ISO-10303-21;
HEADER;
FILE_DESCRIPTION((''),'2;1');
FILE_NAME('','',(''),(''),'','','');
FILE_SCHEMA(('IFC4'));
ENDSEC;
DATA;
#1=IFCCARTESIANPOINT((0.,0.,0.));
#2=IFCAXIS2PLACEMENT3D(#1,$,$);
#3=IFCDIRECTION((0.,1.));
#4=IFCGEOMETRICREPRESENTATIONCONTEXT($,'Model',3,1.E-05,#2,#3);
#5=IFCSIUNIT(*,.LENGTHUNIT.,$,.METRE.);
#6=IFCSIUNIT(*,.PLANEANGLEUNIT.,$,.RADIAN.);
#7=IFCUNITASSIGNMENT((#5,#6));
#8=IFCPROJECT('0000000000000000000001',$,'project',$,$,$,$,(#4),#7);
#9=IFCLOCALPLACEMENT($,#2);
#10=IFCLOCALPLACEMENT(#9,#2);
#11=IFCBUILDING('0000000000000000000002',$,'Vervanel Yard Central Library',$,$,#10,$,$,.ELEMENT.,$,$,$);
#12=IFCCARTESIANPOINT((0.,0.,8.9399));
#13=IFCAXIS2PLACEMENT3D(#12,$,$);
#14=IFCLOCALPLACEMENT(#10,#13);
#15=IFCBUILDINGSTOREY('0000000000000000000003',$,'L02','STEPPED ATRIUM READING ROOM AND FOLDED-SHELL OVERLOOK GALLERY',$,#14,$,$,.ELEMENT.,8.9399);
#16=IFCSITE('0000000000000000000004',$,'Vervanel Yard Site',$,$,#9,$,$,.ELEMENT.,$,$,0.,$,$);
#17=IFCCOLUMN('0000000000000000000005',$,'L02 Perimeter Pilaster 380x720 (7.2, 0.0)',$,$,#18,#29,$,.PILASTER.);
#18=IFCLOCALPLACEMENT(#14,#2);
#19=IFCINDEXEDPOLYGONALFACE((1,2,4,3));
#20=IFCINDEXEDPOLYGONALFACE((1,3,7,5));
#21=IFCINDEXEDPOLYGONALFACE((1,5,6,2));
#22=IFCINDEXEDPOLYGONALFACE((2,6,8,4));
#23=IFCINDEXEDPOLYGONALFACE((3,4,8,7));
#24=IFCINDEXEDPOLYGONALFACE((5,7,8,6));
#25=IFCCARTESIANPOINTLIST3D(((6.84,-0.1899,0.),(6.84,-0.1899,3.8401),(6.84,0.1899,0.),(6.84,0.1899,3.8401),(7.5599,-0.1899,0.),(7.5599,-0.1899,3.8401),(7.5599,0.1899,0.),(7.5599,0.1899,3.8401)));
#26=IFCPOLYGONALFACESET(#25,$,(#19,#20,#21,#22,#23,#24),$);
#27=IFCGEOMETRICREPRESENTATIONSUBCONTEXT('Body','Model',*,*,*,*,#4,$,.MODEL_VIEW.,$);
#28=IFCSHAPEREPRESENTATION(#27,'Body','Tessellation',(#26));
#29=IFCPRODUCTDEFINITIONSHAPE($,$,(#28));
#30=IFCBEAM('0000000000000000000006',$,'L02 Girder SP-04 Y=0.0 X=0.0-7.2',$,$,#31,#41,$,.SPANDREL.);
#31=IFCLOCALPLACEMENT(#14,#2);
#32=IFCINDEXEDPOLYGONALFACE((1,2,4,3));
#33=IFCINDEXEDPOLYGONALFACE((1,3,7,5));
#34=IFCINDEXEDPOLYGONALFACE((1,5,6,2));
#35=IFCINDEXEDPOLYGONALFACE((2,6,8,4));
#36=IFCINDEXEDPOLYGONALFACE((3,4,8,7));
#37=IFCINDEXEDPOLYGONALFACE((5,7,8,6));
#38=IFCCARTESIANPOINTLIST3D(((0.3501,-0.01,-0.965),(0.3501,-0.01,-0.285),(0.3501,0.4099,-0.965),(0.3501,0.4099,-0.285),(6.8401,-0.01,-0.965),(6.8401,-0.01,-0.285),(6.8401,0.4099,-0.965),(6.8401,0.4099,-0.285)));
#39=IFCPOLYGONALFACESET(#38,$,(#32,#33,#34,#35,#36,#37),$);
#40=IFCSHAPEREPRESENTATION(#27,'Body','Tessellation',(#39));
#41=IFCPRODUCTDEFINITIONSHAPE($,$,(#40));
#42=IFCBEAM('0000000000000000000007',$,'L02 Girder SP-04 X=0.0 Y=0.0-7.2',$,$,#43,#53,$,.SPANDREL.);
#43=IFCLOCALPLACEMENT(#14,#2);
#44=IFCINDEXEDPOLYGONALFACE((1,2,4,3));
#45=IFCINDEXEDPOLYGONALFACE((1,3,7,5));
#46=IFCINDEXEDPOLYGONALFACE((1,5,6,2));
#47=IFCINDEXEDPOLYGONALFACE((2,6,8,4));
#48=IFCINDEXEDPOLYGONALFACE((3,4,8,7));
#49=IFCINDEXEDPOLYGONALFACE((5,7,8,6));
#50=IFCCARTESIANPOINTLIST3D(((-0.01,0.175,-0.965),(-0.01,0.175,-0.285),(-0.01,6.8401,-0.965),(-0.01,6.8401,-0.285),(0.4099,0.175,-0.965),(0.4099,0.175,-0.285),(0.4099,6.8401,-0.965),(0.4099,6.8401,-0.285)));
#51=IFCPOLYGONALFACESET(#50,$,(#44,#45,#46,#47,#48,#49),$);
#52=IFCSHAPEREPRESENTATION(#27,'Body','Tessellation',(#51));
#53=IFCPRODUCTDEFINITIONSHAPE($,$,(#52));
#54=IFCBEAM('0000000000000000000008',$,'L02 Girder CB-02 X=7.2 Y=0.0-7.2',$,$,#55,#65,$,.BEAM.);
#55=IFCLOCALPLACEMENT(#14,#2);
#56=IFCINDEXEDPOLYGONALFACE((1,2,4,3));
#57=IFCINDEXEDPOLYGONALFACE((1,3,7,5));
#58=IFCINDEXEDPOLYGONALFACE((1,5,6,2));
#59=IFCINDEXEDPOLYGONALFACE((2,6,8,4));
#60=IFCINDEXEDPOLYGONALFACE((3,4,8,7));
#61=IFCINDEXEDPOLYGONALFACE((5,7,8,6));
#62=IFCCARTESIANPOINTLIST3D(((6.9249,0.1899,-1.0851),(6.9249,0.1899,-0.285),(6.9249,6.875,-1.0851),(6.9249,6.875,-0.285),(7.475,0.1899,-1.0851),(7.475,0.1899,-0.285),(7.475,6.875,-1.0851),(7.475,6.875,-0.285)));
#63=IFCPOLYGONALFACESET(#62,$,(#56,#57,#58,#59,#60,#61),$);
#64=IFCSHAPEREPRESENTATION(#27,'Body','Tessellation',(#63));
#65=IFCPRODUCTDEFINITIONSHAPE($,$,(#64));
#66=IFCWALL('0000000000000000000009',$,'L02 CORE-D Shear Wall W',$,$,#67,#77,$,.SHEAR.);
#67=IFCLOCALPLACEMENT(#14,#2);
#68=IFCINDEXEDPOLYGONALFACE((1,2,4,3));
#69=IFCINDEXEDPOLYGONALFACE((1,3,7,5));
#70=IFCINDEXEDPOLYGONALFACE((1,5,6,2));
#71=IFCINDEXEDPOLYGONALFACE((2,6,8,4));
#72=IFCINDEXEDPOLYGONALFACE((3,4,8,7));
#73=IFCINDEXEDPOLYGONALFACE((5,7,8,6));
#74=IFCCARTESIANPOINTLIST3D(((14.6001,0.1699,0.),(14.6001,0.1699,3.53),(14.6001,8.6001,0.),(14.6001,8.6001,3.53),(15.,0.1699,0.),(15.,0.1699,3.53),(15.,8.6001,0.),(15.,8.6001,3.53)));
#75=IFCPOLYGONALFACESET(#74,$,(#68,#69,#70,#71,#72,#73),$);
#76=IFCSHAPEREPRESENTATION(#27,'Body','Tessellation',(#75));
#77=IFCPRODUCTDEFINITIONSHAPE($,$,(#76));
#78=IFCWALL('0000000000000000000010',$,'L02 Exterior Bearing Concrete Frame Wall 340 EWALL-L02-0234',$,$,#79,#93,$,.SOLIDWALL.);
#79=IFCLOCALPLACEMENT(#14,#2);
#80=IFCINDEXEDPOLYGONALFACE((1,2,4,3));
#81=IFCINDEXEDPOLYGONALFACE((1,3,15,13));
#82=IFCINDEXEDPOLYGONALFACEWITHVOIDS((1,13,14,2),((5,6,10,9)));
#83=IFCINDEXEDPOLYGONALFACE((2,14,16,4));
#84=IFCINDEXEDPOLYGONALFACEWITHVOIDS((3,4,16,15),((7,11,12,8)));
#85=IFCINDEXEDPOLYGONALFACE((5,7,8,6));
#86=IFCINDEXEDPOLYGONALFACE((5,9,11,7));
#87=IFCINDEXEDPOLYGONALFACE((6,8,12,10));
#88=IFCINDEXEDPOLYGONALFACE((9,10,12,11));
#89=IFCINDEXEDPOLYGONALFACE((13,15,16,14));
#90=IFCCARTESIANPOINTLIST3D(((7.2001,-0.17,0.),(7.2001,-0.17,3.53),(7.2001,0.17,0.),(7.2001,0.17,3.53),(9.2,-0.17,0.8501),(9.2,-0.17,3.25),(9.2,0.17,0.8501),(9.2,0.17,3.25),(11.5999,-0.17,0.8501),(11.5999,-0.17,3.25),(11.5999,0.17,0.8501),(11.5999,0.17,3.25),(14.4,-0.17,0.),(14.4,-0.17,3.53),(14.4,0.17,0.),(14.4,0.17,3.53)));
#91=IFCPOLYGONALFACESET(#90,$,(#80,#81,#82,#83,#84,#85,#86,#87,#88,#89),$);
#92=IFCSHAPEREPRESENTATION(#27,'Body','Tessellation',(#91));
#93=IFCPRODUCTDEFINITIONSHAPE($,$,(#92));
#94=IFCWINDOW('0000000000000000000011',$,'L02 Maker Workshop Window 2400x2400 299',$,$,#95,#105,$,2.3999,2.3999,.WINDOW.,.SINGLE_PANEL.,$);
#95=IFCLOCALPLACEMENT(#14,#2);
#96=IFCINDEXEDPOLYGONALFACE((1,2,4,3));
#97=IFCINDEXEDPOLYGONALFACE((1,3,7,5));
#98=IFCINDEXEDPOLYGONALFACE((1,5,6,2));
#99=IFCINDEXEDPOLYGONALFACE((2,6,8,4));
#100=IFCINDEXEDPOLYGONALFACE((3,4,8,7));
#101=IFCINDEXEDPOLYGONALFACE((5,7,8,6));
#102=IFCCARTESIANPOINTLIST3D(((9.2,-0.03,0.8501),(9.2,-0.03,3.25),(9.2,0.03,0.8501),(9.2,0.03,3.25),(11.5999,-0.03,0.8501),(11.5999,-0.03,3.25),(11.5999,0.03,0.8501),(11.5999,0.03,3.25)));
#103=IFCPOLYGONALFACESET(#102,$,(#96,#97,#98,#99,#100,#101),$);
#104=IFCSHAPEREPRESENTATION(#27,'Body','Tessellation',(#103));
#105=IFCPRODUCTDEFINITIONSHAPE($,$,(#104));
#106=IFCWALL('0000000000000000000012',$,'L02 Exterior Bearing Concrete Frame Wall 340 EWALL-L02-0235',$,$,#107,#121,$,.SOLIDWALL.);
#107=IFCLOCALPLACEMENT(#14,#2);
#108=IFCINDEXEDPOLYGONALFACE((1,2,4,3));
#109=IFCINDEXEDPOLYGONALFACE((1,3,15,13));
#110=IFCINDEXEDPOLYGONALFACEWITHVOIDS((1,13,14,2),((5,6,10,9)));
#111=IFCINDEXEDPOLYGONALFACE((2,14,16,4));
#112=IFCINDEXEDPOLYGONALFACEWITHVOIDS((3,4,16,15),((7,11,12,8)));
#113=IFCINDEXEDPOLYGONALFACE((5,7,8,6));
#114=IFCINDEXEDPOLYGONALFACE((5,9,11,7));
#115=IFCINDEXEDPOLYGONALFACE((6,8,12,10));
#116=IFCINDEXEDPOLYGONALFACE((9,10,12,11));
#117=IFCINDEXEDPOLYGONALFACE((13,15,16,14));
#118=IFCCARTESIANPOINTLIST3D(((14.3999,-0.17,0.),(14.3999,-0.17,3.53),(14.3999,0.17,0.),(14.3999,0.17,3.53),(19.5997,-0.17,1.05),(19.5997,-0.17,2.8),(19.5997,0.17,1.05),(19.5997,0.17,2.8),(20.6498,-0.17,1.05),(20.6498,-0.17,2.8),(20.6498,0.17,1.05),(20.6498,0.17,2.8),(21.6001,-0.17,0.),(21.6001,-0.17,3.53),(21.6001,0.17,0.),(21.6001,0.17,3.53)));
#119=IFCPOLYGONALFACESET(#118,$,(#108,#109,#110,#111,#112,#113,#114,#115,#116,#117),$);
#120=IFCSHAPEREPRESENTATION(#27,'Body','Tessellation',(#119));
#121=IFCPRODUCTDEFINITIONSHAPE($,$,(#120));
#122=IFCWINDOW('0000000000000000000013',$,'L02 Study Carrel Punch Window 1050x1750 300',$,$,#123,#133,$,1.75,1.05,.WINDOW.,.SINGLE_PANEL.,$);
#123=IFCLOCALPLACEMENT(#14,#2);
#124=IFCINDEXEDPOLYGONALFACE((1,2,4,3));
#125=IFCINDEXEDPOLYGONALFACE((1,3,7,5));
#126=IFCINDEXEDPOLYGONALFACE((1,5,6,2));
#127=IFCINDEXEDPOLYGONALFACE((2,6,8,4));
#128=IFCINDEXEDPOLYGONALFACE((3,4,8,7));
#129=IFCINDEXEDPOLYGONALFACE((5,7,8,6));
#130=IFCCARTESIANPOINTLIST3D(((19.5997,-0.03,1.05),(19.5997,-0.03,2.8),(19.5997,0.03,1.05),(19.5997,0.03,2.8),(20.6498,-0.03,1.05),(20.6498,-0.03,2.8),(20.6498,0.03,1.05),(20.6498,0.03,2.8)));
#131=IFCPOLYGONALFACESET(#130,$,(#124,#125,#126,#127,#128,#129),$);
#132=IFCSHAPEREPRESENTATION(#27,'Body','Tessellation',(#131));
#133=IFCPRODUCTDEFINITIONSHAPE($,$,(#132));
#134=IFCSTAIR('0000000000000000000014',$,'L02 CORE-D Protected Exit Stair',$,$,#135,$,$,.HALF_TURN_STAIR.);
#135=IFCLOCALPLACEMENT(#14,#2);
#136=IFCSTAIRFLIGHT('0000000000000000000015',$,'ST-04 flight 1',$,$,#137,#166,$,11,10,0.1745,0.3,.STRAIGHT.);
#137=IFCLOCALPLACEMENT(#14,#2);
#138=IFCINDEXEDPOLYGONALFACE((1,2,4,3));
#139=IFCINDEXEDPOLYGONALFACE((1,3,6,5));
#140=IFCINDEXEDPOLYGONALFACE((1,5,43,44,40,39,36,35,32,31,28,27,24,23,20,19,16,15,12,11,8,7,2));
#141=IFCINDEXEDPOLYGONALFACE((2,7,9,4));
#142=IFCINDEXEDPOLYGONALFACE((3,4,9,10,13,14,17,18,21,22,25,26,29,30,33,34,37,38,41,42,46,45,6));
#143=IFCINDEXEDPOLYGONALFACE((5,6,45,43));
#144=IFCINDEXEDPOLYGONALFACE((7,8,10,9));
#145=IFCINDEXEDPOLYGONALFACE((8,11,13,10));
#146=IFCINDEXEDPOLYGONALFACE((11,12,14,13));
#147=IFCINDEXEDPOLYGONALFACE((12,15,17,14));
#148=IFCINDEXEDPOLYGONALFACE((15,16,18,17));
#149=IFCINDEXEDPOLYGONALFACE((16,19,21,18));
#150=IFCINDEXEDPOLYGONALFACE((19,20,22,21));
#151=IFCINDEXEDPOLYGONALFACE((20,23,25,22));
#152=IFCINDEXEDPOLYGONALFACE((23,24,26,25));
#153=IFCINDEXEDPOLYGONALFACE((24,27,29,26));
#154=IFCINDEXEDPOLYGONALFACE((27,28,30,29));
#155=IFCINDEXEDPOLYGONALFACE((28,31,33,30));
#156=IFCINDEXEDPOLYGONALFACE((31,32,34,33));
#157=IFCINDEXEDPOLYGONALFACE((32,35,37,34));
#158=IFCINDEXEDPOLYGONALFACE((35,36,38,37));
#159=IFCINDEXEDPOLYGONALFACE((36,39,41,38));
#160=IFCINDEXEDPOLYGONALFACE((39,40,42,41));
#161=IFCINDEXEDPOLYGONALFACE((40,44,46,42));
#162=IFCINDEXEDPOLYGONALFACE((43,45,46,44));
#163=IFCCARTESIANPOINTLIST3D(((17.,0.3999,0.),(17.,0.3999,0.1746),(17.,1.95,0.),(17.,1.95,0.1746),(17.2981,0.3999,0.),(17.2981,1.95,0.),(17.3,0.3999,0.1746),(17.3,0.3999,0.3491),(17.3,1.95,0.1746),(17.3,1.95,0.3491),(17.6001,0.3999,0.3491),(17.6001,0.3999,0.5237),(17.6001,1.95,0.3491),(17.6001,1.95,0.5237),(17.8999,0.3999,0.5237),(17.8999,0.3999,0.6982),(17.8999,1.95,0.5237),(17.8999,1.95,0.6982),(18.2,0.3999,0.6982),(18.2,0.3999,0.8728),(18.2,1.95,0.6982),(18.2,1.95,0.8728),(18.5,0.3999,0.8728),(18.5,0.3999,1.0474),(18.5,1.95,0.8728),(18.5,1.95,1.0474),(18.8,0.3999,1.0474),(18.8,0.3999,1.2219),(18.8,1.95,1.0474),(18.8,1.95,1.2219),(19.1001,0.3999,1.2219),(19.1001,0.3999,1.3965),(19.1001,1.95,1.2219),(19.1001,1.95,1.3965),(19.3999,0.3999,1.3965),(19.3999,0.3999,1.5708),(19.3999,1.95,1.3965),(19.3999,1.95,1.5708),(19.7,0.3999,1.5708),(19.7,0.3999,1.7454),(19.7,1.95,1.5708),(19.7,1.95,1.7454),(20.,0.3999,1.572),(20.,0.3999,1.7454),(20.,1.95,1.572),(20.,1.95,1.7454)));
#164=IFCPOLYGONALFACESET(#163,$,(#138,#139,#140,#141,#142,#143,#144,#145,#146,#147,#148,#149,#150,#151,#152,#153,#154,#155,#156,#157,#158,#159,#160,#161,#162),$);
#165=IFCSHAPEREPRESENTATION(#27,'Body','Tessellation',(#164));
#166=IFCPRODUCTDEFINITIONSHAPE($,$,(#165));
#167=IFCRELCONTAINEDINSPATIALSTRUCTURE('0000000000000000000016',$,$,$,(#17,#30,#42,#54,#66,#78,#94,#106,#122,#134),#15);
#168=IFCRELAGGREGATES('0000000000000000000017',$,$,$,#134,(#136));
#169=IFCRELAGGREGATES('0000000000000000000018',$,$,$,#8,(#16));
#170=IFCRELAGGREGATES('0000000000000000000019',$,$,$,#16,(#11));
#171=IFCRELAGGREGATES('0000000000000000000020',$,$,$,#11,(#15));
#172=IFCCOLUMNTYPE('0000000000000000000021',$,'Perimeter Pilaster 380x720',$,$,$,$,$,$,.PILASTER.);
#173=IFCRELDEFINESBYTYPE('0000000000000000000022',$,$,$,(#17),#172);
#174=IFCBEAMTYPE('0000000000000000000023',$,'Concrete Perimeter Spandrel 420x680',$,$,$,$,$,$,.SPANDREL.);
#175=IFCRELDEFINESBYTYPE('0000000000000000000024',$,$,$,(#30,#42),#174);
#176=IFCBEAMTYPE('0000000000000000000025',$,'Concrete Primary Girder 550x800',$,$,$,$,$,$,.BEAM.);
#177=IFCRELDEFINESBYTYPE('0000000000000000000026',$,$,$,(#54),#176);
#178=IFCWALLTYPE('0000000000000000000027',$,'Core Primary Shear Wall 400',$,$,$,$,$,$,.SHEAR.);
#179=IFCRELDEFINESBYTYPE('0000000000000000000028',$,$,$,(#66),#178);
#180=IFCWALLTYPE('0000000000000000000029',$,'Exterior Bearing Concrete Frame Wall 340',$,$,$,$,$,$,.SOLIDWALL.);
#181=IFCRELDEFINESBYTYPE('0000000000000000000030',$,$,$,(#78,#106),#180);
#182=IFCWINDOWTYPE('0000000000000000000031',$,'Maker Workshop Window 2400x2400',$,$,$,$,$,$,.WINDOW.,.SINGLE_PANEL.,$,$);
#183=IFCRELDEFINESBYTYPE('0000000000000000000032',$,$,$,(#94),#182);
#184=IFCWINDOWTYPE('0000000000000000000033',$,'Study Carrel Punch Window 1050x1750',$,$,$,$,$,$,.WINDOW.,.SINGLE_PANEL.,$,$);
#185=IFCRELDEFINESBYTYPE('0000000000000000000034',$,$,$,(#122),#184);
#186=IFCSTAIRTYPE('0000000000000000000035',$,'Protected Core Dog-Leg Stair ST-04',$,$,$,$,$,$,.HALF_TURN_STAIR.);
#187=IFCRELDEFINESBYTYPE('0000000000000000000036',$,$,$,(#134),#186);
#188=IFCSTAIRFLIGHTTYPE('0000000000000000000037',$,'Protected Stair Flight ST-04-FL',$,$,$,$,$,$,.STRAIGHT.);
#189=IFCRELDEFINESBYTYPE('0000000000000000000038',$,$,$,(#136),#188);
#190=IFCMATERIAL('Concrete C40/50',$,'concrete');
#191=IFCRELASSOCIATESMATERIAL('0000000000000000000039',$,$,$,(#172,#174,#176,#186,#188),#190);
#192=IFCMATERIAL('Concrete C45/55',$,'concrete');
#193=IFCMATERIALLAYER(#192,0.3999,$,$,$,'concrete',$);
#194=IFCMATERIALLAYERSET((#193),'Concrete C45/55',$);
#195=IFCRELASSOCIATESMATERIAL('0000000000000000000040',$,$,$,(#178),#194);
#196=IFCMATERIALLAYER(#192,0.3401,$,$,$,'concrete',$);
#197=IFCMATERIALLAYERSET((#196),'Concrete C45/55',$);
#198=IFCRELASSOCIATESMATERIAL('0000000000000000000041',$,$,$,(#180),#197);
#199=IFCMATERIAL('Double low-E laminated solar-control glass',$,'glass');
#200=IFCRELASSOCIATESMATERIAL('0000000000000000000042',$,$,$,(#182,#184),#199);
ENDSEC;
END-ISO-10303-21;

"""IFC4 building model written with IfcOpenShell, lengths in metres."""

from ifc_helpers import new_model, si_unit, direction, frame, frame_2d, origin, origin_2d, place, context, subcontext, project, spatial, polyline, rectangle, outline, extrude, material, layer, layer_set, material_profile, profile_set, type_object, element, fill, aggregate, save


model = new_model("IFC4")

# Units and contexts
model_context = context("Model", 3, precision=1e-05, world=origin(), true_north=direction((0.0, 1.0)))
body_context = subcontext(model_context, "Body", "Model", "MODEL_VIEW")
ifc_project = project(units=[si_unit("LENGTHUNIT", "METRE"), si_unit("PLANEANGLEUNIT", "RADIAN")], contexts=[model_context])

# Site, building, storey
site_placement = place(None, origin())
site = spatial("IfcSite", under=ifc_project, at=site_placement, Name="Vervanel Yard Site", CompositionType="ELEMENT", RefElevation=0.0)
building_placement = place(site_placement, origin())
building = spatial("IfcBuilding", under=site, at=building_placement, Name="Vervanel Yard Central Library", CompositionType="ELEMENT")
storey_placement = place(building_placement, frame((0.0, 0.0, 8.9399)))
storey = spatial("IfcBuildingStorey", under=building, at=storey_placement, Name="L02", Description="STEPPED ATRIUM READING ROOM AND FOLDED-SHELL OVERLOOK GALLERY", CompositionType="ELEMENT", Elevation=8.9399)

# Column
ifc_material_1 = material(Name="Concrete C40/50", Category="concrete")
ifc_material_profile_1 = material_profile(ifc_material_1, rectangle(XDim=0.3799, YDim=0.72, at=origin_2d()), Name="RC 380x720", Category="concrete")
ifc_profile_set_1 = profile_set([ifc_material_profile_1], Name="Concrete C40/50")
column_type = type_object("IfcColumnType", Name="Perimeter Pilaster 380x720", PredefinedType="PILASTER", material=ifc_profile_set_1)
column_placement = place(storey_placement, frame((7.2, 0.0, 0.0), z_axis=(0.0, 0.0, 1.0), x_axis=(0.0, 1.0, 0.0)))
element("IfcColumn", 1, at=column_placement, inside=storey, type_object=column_type, Name="L02 Perimeter Pilaster 380x720 (7.2, 0.0)", PredefinedType="PILASTER", context=body_context, shape_type="SweptSolid", body=[
    extrude(rectangle(XDim=0.3799, YDim=0.72, at=origin_2d()), origin(), (0.0, 0.0, 1.0), 3.8401),
])

# Beams
ifc_material_profile_2 = material_profile(ifc_material_1, rectangle(XDim=0.4199, YDim=0.6799, at=origin_2d()), Name="RC 420x680", Category="concrete")
ifc_profile_set_2 = profile_set([ifc_material_profile_2], Name="Concrete C40/50")
beam_type_1 = type_object("IfcBeamType", Name="Concrete Perimeter Spandrel 420x680", PredefinedType="SPANDREL", material=ifc_profile_set_2)
beam_1_placement = place(storey_placement, frame((0.3501, 0.2, -0.625), z_axis=(1.0, 0.0, 0.0), x_axis=(0.0, 1.0, 0.0)))
element("IfcBeam", 2, at=beam_1_placement, inside=storey, type_object=beam_type_1, Name="L02 Girder SP-04 Y=0.0 X=0.0-7.2", PredefinedType="SPANDREL", context=body_context, shape_type="SweptSolid", body=[
    extrude(rectangle(XDim=0.4199, YDim=0.6799, at=origin_2d()), origin(), (0.0, 0.0, 1.0), 6.49),
])
beam_2_placement = place(storey_placement, frame((0.2, 0.175, -0.625), z_axis=(0.0, 1.0, 0.0), x_axis=(-1.0, 0.0, 0.0)))
element("IfcBeam", 3, at=beam_2_placement, inside=storey, type_object=beam_type_1, Name="L02 Girder SP-04 X=0.0 Y=0.0-7.2", PredefinedType="SPANDREL", context=body_context, shape_type="SweptSolid", body=[
    extrude(rectangle(XDim=0.4199, YDim=0.6799, at=origin_2d()), origin(), (0.0, 0.0, 1.0), 6.665),
])
ifc_material_profile_3 = material_profile(ifc_material_1, rectangle(XDim=0.55, YDim=0.8, at=origin_2d()), Name="RC 550x800", Category="concrete")
ifc_profile_set_3 = profile_set([ifc_material_profile_3], Name="Concrete C40/50")
beam_type_2 = type_object("IfcBeamType", Name="Concrete Primary Girder 550x800", PredefinedType="BEAM", material=ifc_profile_set_3)
beam_3_placement = place(storey_placement, frame((7.2, 0.1899, -0.6851), z_axis=(0.0, 1.0, 0.0), x_axis=(-1.0, 0.0, 0.0)))
element("IfcBeam", 4, at=beam_3_placement, inside=storey, type_object=beam_type_2, Name="L02 Girder CB-02 X=7.2 Y=0.0-7.2", PredefinedType="BEAM", context=body_context, shape_type="SweptSolid", body=[
    extrude(rectangle(XDim=0.55, YDim=0.8, at=origin_2d()), origin(), (0.0, 0.0, 1.0), 6.6851),
])

# Wall
ifc_material_2 = material(Name="Concrete C45/55", Category="concrete")
ifc_layer_1 = layer(ifc_material_2, 0.3999, Category="concrete")
ifc_layer_set_1 = layer_set([ifc_layer_1], Name="Concrete C45/55")
wall_type_1 = type_object("IfcWallType", Name="Core Primary Shear Wall 400", PredefinedType="SHEAR", material=ifc_layer_set_1)
wall_1_placement = place(storey_placement, frame((14.8, 0.1699, 0.0), z_axis=(0.0, 0.0, 1.0), x_axis=(0.0, 1.0, 0.0)))
element("IfcWall", 5, at=wall_1_placement, inside=storey, type_object=wall_type_1, Name="L02 CORE-D Shear Wall W", PredefinedType="SHEAR", context=body_context, shape_type="SweptSolid", body=[
    extrude(rectangle(XDim=8.4302, YDim=0.3999, at=frame_2d((4.2151, 0.0))), origin(), (0.0, 0.0, 1.0), 3.53),
])

# Walls, openings, windows
ifc_layer_2 = layer(ifc_material_2, 0.3401, Category="concrete")
ifc_layer_set_2 = layer_set([ifc_layer_2], Name="Concrete C45/55")
wall_type_2 = type_object("IfcWallType", Name="Exterior Bearing Concrete Frame Wall 340", PredefinedType="SOLIDWALL", material=ifc_layer_set_2)
wall_2_placement = place(storey_placement, frame((7.2, 0.0, 0.0), z_axis=(0.0, 0.0, 1.0), x_axis=(1.0, 0.0, 0.0)))
wall_2 = element("IfcWall", 6, at=wall_2_placement, inside=storey, type_object=wall_type_2, Name="L02 Exterior Bearing Concrete Frame Wall 340 EWALL-L02-0234", PredefinedType="SOLIDWALL", context=body_context, shape_type="SweptSolid", body=[
    extrude(rectangle(XDim=7.2, YDim=0.3401, at=frame_2d((3.6001, 0.0))), origin(), (0.0, 0.0, 1.0), 3.53),
])
opening_1_placement = place(wall_2_placement, frame((2.0, 0.0, 0.8501)))
opening_1 = element("IfcOpeningElement", 7, at=opening_1_placement, cuts=wall_2, PredefinedType="OPENING", context=body_context, shape_type="SweptSolid", body=[
    extrude(rectangle(XDim=2.3999, YDim=2.3999, at=frame_2d((1.2, 1.2))), frame((0.0, 0.1799, 0.0), z_axis=(0.0, -1.0, 0.0), x_axis=(1.0, 0.0, 0.0)), (0.0, 0.0, 1.0), 0.3601),
])
ifc_material_3 = material(Name="Double low-E laminated solar-control glass", Category="glass")
window_type_1 = type_object("IfcWindowType", Name="Maker Workshop Window 2400x2400", PartitioningType="SINGLE_PANEL", PredefinedType="WINDOW", material=ifc_material_3)
window_1_placement = place(opening_1_placement, origin())
window_1 = element("IfcWindow", 8, at=window_1_placement, inside=storey, type_object=window_type_1, Name="L02 Maker Workshop Window 2400x2400 299", OverallHeight=2.3999, OverallWidth=2.3999, PartitioningType="SINGLE_PANEL", PredefinedType="WINDOW", context=body_context, shape_type="SweptSolid", body=[
    extrude(rectangle(XDim=2.3999, YDim=2.3999, at=frame_2d((1.2, 1.2))), frame((0.0, 0.03, 0.0), z_axis=(0.0, -1.0, 0.0), x_axis=(1.0, 0.0, 0.0)), (0.0, 0.0, 1.0), 0.0601),
])
fill(opening_1, window_1)
wall_3_placement = place(storey_placement, frame((14.3999, 0.0, 0.0), z_axis=(0.0, 0.0, 1.0), x_axis=(1.0, 0.0, 0.0)))
wall_3 = element("IfcWall", 9, at=wall_3_placement, inside=storey, type_object=wall_type_2, Name="L02 Exterior Bearing Concrete Frame Wall 340 EWALL-L02-0235", PredefinedType="SOLIDWALL", context=body_context, shape_type="SweptSolid", body=[
    extrude(rectangle(XDim=7.2002, YDim=0.3401, at=frame_2d((3.6001, 0.0))), origin(), (0.0, 0.0, 1.0), 3.53),
])
opening_2_placement = place(wall_3_placement, frame((5.2, 0.0, 1.05)))
opening_2 = element("IfcOpeningElement", 10, at=opening_2_placement, cuts=wall_3, PredefinedType="OPENING", context=body_context, shape_type="SweptSolid", body=[
    extrude(rectangle(XDim=1.05, YDim=1.75, at=frame_2d((0.5249, 0.875))), frame((0.0, 0.1799, 0.0), z_axis=(0.0, -1.0, 0.0), x_axis=(1.0, 0.0, 0.0)), (0.0, 0.0, 1.0), 0.3601),
])
window_type_2 = type_object("IfcWindowType", Name="Study Carrel Punch Window 1050x1750", PartitioningType="SINGLE_PANEL", PredefinedType="WINDOW", material=ifc_material_3)
window_2_placement = place(opening_2_placement, origin())
window_2 = element("IfcWindow", 11, at=window_2_placement, inside=storey, type_object=window_type_2, Name="L02 Study Carrel Punch Window 1050x1750 300", OverallHeight=1.75, OverallWidth=1.05, PartitioningType="SINGLE_PANEL", PredefinedType="WINDOW", context=body_context, shape_type="SweptSolid", body=[
    extrude(rectangle(XDim=1.05, YDim=1.75, at=frame_2d((0.5249, 0.875))), frame((0.0, 0.03, 0.0), z_axis=(0.0, -1.0, 0.0), x_axis=(1.0, 0.0, 0.0)), (0.0, 0.0, 1.0), 0.0601),
])
fill(opening_2, window_2)

# Stair, stair flight
stair_type = type_object("IfcStairType", Name="Protected Core Dog-Leg Stair ST-04", PredefinedType="HALF_TURN_STAIR", material=ifc_material_1)
stair_placement = place(storey_placement, origin())
stair = element("IfcStair", 12, at=stair_placement, inside=storey, type_object=stair_type, Name="L02 CORE-D Protected Exit Stair", PredefinedType="HALF_TURN_STAIR")
stair_flight_type = type_object("IfcStairFlightType", Name="Protected Stair Flight ST-04-FL", PredefinedType="STRAIGHT", material=ifc_material_1)
stair_flight_placement = place(storey_placement, frame((17.0, 1.175, 0.0), z_axis=(0.0, 0.0, 1.0), x_axis=(1.0, 0.0, 0.0)))
stair_flight = element("IfcStairFlight", 13, at=stair_flight_placement, type_object=stair_flight_type, Name="ST-04 flight 1", NumberOfRisers=11, NumberOfTreads=10, PredefinedType="STRAIGHT", RiserHeight=0.1745, TreadLength=0.3, context=body_context, shape_type="SweptSolid", body=[
    extrude(outline(polyline([(0.0, 0.0), (0.0, 0.1746), (0.3, 0.1746), (0.3, 0.3491), (0.6001, 0.3491), (0.6001, 0.5237), (0.8999, 0.5237), (0.8999, 0.6982), (1.2, 0.6982), (1.2, 0.8728), (1.5, 0.8728), (1.5, 1.0474), (1.8, 1.0474), (1.8, 1.2219), (2.1001, 1.2219), (2.1001, 1.3965), (2.3999, 1.3965), (2.3999, 1.5708), (2.7, 1.5708), (2.7, 1.7454), (3.0, 1.7454), (3.0, 1.9199), (3.0, 1.572), (0.2981, 0.0), (0.0, 0.0)])), frame((0.0, 0.7749, 0.0), z_axis=(0.0, -1.0, 0.0), x_axis=(1.0, 0.0, 0.0)), (0.0, 0.0, 1.0), 1.55),
])
aggregate(stair, [stair_flight])

save(model, "model.ifc")
